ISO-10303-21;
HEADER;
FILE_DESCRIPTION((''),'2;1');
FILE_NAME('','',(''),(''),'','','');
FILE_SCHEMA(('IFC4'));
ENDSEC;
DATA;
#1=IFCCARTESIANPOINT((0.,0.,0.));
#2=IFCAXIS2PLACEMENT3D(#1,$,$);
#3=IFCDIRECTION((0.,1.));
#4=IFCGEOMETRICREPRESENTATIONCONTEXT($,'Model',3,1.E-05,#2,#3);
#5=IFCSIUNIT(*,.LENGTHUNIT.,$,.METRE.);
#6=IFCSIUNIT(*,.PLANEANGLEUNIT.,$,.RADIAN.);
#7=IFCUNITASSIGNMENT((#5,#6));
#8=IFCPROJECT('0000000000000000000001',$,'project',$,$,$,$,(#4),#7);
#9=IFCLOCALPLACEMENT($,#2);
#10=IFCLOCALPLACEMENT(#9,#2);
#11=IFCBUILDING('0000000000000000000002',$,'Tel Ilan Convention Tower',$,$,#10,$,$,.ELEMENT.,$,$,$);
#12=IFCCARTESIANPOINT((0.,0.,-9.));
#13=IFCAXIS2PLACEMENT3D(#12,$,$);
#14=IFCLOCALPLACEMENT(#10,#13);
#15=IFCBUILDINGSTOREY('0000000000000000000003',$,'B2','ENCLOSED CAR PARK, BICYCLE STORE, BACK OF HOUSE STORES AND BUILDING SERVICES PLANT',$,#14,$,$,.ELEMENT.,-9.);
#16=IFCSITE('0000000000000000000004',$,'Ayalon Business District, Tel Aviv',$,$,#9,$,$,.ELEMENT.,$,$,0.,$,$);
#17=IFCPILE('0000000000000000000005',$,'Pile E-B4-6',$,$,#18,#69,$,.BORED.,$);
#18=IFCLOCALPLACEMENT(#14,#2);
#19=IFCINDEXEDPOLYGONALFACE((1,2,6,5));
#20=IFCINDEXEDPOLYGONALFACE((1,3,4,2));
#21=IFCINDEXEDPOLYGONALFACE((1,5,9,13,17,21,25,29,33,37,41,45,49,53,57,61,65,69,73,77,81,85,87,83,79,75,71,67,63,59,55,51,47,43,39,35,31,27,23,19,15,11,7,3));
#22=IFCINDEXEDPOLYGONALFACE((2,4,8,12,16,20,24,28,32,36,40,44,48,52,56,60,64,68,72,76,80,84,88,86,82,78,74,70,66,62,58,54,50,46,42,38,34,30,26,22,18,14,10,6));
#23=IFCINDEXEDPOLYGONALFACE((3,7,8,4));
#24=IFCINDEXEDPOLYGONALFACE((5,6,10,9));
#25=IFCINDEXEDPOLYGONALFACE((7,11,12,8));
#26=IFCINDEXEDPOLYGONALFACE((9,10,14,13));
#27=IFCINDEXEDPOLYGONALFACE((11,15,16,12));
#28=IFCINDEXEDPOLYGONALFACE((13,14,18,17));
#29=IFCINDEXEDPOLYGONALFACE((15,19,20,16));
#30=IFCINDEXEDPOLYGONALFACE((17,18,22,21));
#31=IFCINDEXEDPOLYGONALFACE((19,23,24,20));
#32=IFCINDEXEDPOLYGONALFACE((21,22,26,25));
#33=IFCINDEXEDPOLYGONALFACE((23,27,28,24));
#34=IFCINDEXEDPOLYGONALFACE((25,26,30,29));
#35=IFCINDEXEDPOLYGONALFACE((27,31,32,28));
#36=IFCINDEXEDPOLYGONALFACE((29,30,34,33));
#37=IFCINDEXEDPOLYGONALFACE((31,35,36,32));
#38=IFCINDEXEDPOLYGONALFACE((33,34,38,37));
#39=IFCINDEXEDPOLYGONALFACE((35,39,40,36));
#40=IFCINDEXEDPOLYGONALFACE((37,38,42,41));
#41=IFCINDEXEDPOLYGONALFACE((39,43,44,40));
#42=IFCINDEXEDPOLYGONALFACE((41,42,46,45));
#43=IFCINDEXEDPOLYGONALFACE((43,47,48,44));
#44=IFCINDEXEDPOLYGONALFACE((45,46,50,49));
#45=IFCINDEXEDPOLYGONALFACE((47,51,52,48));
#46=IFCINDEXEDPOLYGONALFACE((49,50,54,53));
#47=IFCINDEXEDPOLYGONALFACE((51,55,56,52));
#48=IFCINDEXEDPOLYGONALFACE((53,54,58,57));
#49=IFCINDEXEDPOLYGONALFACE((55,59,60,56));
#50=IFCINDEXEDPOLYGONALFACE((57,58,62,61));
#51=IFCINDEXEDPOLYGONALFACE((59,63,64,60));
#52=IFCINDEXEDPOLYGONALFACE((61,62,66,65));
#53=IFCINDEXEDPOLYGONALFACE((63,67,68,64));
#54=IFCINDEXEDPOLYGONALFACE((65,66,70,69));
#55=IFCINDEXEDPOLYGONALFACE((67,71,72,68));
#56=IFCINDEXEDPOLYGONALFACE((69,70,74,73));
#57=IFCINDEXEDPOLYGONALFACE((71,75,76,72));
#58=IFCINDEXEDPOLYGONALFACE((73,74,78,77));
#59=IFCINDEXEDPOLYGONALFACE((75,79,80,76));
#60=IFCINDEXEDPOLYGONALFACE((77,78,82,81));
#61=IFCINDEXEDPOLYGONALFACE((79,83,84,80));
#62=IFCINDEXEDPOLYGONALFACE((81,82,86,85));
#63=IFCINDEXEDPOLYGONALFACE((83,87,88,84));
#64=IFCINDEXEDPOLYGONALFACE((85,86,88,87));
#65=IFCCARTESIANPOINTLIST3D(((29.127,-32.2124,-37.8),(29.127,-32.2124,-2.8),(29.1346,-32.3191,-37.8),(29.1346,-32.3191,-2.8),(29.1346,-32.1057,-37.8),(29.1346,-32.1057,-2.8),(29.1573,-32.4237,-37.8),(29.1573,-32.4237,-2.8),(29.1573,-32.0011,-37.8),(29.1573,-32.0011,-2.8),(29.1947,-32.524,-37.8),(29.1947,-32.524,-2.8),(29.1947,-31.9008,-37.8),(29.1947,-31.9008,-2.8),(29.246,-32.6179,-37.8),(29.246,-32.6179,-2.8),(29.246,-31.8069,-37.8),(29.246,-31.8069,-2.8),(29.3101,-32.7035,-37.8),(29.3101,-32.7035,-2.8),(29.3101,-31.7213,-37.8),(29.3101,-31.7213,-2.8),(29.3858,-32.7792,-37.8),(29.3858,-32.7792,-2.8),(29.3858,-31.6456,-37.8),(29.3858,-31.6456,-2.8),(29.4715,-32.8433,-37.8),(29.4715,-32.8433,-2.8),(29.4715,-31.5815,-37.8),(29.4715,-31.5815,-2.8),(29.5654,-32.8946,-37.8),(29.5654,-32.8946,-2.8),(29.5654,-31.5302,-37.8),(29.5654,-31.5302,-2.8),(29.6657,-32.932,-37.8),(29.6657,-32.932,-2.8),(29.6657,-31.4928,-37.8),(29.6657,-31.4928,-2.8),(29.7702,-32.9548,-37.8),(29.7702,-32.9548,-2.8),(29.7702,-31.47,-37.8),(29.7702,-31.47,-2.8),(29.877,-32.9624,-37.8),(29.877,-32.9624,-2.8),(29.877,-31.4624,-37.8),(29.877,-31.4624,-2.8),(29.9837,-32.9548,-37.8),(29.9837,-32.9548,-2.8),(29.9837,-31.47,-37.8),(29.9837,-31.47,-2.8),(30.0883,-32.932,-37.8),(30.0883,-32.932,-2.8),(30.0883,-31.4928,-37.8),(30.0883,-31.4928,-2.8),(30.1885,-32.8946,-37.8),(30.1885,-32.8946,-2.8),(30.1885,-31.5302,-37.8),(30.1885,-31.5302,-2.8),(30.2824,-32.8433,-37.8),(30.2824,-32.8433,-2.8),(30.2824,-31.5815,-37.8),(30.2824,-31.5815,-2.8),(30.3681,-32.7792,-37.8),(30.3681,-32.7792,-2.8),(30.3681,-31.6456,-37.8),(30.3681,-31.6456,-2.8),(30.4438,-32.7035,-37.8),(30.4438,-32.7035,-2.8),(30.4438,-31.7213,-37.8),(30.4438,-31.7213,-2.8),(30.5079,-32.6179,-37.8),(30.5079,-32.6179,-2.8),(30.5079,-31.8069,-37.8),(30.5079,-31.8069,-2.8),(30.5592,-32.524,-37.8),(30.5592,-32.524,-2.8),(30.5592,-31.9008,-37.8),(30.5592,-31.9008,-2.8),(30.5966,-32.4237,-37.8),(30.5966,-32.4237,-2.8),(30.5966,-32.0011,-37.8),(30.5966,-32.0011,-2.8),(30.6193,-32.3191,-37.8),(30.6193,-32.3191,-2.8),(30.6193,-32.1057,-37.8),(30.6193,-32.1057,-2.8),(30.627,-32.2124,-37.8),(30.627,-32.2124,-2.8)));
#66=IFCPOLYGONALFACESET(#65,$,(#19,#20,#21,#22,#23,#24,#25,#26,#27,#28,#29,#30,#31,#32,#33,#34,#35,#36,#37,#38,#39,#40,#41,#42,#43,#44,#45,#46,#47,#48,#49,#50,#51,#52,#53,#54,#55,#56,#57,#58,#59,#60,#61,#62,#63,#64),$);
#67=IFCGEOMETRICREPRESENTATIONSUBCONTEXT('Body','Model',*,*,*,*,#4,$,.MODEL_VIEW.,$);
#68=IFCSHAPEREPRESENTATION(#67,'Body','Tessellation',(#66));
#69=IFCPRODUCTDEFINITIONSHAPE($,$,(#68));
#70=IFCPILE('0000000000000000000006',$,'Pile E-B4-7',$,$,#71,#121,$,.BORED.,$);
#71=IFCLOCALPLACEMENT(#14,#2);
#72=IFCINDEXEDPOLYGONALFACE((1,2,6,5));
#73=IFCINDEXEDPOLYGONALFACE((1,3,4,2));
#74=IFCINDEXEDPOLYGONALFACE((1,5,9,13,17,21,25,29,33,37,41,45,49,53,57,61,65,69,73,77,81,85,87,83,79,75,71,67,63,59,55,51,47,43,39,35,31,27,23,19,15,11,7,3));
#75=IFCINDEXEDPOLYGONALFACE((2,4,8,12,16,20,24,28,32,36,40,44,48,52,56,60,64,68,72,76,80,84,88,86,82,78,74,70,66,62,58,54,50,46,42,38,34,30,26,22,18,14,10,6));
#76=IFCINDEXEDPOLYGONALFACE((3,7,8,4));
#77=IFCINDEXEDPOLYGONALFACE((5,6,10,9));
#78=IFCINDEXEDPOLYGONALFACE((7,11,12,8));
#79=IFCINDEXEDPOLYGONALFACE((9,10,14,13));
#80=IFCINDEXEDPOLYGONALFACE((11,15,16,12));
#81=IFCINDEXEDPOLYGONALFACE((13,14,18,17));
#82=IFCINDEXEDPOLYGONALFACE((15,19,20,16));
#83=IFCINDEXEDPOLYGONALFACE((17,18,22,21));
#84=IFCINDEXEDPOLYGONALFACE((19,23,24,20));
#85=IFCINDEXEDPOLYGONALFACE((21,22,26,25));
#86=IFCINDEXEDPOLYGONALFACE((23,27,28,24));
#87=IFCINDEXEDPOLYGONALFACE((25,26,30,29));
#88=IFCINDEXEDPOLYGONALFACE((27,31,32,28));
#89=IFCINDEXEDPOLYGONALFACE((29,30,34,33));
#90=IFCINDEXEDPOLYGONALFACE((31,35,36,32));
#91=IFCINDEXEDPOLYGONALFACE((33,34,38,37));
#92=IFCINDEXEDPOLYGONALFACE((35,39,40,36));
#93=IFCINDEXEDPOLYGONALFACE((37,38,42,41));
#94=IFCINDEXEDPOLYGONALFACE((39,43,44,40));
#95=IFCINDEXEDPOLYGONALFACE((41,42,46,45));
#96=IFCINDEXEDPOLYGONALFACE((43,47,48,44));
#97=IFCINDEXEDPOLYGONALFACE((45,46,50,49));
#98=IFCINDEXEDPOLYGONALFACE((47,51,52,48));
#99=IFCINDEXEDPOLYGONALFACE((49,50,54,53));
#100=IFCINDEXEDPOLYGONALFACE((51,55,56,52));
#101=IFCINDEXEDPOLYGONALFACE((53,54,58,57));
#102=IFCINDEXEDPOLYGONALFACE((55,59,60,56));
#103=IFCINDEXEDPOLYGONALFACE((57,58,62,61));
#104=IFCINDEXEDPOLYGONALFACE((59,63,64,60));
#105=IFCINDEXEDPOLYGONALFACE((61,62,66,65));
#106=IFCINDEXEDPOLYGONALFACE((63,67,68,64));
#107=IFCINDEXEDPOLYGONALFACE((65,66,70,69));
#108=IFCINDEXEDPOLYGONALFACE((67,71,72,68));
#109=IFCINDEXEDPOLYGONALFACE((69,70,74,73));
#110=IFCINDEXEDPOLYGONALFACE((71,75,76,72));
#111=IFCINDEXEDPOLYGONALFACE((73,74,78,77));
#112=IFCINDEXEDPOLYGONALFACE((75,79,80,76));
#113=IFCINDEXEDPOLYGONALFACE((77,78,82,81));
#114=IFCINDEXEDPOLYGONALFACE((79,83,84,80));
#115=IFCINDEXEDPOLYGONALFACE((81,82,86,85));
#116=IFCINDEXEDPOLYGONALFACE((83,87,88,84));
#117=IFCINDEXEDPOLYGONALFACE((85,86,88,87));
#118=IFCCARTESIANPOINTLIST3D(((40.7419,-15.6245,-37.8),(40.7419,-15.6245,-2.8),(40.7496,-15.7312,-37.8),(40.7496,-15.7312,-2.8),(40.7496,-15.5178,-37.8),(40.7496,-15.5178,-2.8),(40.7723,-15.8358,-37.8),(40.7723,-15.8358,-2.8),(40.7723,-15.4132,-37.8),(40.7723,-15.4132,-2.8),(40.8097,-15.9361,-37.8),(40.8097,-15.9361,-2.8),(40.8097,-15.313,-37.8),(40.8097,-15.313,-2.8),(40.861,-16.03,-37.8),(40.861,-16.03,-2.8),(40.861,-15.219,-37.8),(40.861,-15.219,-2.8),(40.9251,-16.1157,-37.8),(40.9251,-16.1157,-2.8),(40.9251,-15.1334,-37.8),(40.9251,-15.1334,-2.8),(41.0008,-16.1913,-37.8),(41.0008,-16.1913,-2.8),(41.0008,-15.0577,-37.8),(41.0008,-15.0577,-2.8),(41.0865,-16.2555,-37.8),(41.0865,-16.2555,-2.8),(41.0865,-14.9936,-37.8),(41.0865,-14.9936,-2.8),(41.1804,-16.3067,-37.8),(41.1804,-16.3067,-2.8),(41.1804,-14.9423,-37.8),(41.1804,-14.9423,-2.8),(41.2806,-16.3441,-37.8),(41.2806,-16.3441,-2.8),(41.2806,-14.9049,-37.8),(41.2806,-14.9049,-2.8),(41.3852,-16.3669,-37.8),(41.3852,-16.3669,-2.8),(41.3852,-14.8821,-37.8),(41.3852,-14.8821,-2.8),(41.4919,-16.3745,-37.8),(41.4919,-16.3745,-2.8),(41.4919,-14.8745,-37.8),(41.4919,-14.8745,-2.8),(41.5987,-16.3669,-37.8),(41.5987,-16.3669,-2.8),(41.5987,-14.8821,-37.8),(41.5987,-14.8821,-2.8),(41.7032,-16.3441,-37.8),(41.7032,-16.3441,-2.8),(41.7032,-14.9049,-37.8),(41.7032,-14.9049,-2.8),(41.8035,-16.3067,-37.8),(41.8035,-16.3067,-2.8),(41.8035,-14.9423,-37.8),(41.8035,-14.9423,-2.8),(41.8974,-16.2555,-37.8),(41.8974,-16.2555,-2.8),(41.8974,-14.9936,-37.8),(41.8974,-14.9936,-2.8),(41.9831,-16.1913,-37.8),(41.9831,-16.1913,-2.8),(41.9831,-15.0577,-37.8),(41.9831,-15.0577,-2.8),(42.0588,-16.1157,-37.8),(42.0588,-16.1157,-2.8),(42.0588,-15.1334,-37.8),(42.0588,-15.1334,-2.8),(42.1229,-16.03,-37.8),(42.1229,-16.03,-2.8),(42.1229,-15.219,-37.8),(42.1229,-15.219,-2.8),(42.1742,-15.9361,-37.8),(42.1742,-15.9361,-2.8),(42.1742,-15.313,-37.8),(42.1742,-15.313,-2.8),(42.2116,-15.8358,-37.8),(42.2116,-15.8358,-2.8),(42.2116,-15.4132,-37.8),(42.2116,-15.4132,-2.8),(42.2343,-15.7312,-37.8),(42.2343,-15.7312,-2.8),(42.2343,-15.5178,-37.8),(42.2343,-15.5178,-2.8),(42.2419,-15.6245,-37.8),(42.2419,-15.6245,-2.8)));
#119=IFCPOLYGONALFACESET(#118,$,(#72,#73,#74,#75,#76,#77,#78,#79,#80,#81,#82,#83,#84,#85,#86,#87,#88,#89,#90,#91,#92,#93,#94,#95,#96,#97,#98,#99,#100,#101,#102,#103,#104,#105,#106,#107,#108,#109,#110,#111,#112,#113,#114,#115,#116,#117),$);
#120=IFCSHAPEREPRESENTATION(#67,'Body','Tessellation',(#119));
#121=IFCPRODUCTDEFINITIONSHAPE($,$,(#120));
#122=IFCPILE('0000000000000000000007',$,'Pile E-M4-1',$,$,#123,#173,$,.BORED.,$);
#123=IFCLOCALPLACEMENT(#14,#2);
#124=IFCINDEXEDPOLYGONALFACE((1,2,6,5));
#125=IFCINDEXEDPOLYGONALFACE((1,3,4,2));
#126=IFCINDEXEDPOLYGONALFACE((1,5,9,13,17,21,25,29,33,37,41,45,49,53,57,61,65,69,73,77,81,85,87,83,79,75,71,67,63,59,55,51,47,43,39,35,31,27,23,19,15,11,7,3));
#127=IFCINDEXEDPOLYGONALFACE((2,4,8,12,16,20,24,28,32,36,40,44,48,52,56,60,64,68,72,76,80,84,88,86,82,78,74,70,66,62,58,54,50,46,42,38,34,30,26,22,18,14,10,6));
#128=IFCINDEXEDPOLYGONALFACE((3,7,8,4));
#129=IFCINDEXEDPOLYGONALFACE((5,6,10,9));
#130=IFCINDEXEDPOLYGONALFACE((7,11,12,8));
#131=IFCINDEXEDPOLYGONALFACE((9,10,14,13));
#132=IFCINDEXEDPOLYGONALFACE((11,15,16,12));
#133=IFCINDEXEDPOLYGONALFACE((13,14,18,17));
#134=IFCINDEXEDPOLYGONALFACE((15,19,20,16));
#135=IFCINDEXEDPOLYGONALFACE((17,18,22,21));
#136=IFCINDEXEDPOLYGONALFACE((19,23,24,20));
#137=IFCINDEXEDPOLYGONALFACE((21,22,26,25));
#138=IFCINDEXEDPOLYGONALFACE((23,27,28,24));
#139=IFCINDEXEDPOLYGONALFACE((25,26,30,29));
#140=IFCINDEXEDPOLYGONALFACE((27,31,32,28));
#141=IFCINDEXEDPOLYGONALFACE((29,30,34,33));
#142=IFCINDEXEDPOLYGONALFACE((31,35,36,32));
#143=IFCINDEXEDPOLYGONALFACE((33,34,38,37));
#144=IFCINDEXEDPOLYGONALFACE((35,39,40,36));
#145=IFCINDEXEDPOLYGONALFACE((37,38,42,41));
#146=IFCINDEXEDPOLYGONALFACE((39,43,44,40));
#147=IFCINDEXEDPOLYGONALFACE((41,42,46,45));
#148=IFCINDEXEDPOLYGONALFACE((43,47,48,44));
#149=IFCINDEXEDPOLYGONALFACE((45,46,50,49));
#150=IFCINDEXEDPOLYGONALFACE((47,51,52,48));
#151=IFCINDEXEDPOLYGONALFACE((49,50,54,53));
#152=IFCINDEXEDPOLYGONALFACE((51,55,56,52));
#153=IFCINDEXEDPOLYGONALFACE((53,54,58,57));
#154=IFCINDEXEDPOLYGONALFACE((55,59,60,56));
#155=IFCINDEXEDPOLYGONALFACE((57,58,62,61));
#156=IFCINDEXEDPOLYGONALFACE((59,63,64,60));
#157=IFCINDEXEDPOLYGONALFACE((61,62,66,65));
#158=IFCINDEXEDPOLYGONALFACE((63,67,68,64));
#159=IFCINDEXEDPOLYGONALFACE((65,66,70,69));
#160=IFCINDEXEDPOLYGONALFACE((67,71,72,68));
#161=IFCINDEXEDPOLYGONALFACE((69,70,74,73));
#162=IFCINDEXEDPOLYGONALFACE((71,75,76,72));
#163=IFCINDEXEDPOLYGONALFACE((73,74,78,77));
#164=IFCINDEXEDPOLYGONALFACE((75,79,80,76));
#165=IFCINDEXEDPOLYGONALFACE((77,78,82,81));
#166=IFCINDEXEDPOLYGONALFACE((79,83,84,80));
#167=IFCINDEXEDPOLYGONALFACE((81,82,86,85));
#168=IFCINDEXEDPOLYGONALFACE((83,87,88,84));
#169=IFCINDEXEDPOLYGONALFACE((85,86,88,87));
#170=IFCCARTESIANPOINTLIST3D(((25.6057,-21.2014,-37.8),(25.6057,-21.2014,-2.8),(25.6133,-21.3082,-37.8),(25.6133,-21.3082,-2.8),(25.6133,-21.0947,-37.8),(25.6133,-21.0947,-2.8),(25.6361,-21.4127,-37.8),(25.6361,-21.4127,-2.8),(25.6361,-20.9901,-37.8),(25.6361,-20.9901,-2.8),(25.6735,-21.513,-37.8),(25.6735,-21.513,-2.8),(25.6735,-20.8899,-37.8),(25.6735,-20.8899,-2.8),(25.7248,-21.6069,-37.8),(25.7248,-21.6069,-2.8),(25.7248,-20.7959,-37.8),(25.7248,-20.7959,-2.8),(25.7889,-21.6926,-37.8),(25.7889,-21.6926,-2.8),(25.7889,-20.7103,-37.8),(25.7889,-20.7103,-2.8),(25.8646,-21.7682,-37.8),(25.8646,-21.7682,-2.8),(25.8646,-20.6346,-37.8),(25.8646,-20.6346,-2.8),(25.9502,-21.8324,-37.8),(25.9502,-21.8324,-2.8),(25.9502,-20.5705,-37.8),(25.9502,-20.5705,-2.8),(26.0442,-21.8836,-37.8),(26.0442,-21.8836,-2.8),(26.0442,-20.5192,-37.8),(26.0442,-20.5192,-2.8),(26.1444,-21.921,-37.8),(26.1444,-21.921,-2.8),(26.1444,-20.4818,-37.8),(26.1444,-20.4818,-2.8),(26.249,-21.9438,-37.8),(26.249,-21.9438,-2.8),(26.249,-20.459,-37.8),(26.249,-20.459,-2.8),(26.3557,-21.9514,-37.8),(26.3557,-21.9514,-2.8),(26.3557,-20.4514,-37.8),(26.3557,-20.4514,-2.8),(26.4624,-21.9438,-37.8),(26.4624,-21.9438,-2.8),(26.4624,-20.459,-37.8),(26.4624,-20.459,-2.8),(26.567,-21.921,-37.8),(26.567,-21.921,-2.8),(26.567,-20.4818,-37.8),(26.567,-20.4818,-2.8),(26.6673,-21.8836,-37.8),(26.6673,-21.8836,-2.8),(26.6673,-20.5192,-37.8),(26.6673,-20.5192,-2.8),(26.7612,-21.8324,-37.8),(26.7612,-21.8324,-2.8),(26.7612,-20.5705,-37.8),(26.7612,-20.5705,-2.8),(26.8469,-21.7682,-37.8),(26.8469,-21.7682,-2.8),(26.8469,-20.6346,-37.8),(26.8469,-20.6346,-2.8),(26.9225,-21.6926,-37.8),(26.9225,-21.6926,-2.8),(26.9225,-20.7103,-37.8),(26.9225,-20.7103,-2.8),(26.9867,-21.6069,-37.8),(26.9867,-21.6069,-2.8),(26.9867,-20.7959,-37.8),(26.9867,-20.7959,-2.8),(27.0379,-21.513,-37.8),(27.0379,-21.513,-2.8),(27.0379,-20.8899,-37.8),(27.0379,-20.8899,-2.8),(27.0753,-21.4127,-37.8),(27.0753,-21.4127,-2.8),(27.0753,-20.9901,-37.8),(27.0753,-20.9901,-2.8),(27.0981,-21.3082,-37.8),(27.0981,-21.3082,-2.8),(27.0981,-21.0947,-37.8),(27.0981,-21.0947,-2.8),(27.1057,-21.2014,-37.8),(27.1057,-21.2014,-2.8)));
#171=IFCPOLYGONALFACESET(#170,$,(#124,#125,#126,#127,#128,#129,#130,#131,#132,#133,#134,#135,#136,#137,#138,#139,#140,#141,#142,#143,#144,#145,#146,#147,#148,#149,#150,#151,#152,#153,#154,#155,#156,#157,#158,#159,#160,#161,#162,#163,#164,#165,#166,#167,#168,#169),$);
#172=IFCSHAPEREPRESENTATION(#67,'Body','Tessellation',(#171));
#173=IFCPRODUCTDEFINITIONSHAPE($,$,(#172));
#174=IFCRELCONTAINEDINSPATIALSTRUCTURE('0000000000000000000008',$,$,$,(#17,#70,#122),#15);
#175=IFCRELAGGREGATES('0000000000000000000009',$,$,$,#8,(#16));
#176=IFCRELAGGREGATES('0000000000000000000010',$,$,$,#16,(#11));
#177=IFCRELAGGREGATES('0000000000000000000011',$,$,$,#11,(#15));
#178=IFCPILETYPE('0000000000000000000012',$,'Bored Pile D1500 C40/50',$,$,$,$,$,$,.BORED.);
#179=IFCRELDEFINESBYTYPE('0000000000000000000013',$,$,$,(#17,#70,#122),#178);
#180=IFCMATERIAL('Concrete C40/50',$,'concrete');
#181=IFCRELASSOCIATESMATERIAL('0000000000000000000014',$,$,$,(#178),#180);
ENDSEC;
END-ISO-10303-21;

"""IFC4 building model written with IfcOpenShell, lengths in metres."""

from ifc_helpers import new_model, si_unit, direction, frame, origin, origin_2d, place, context, subcontext, project, spatial, circle, extrude, material, material_profile, profile_set, type_object, element, save


model = new_model("IFC4")

# Units and contexts
model_context = context("Model", 3, precision=1e-05, world=origin(), true_north=direction((0.0, 1.0)))
body_context = subcontext(model_context, "Body", "Model", "MODEL_VIEW")
ifc_project = project(units=[si_unit("LENGTHUNIT", "METRE"), si_unit("PLANEANGLEUNIT", "RADIAN")], contexts=[model_context])

# Site, building, storey
site_placement = place(None, origin())
site = spatial("IfcSite", under=ifc_project, at=site_placement, Name="Ayalon Business District, Tel Aviv", CompositionType="ELEMENT", RefElevation=0.0)
building_placement = place(site_placement, origin())
building = spatial("IfcBuilding", under=site, at=building_placement, Name="Tel Ilan Convention Tower", CompositionType="ELEMENT")
storey_placement = place(building_placement, frame((0.0, 0.0, -9.0)))
storey = spatial("IfcBuildingStorey", under=building, at=storey_placement, Name="B2", Description="ENCLOSED CAR PARK, BICYCLE STORE, BACK OF HOUSE STORES AND BUILDING SERVICES PLANT", CompositionType="ELEMENT", Elevation=-9.0)

# Piles
ifc_material_1 = material(Name="Concrete C40/50", Category="concrete")
ifc_material_profile_1 = material_profile(ifc_material_1, circle(Radius=0.75, at=origin_2d()), Name="BORED D1500")
ifc_profile_set_1 = profile_set([ifc_material_profile_1], Name="Concrete C40/50")
pile_type_1 = type_object("IfcPileType", Name="Bored Pile D1500 C40/50", PredefinedType="BORED", material=ifc_profile_set_1)
for number, where, z_axis, x_axis, name in (
    (1, (29.877, -32.2124, -2.8), (0.0, 0.0, -1.0), (1.0, 0.0, 0.0), "Pile E-B4-6"),
    (2, (41.4919, -15.6245, -2.8), (0.0, 0.0, -1.0), (1.0, 0.0, 0.0), "Pile E-B4-7"),
    (3, (26.3557, -21.2014, -2.8), (0.0, 0.0, -1.0), (1.0, 0.0, 0.0), "Pile E-M4-1"),
):
    element("IfcPile", number, at=place(storey_placement, frame(where, z_axis=z_axis, x_axis=x_axis)), inside=storey, type_object=pile_type_1, Name=name, PredefinedType="BORED", context=body_context, shape_type="SweptSolid", body=[
        extrude(circle(Radius=0.75, at=origin_2d()), origin(), (0.0, 0.0, 1.0), 35.0),
    ])

save(model, "model.ifc")
